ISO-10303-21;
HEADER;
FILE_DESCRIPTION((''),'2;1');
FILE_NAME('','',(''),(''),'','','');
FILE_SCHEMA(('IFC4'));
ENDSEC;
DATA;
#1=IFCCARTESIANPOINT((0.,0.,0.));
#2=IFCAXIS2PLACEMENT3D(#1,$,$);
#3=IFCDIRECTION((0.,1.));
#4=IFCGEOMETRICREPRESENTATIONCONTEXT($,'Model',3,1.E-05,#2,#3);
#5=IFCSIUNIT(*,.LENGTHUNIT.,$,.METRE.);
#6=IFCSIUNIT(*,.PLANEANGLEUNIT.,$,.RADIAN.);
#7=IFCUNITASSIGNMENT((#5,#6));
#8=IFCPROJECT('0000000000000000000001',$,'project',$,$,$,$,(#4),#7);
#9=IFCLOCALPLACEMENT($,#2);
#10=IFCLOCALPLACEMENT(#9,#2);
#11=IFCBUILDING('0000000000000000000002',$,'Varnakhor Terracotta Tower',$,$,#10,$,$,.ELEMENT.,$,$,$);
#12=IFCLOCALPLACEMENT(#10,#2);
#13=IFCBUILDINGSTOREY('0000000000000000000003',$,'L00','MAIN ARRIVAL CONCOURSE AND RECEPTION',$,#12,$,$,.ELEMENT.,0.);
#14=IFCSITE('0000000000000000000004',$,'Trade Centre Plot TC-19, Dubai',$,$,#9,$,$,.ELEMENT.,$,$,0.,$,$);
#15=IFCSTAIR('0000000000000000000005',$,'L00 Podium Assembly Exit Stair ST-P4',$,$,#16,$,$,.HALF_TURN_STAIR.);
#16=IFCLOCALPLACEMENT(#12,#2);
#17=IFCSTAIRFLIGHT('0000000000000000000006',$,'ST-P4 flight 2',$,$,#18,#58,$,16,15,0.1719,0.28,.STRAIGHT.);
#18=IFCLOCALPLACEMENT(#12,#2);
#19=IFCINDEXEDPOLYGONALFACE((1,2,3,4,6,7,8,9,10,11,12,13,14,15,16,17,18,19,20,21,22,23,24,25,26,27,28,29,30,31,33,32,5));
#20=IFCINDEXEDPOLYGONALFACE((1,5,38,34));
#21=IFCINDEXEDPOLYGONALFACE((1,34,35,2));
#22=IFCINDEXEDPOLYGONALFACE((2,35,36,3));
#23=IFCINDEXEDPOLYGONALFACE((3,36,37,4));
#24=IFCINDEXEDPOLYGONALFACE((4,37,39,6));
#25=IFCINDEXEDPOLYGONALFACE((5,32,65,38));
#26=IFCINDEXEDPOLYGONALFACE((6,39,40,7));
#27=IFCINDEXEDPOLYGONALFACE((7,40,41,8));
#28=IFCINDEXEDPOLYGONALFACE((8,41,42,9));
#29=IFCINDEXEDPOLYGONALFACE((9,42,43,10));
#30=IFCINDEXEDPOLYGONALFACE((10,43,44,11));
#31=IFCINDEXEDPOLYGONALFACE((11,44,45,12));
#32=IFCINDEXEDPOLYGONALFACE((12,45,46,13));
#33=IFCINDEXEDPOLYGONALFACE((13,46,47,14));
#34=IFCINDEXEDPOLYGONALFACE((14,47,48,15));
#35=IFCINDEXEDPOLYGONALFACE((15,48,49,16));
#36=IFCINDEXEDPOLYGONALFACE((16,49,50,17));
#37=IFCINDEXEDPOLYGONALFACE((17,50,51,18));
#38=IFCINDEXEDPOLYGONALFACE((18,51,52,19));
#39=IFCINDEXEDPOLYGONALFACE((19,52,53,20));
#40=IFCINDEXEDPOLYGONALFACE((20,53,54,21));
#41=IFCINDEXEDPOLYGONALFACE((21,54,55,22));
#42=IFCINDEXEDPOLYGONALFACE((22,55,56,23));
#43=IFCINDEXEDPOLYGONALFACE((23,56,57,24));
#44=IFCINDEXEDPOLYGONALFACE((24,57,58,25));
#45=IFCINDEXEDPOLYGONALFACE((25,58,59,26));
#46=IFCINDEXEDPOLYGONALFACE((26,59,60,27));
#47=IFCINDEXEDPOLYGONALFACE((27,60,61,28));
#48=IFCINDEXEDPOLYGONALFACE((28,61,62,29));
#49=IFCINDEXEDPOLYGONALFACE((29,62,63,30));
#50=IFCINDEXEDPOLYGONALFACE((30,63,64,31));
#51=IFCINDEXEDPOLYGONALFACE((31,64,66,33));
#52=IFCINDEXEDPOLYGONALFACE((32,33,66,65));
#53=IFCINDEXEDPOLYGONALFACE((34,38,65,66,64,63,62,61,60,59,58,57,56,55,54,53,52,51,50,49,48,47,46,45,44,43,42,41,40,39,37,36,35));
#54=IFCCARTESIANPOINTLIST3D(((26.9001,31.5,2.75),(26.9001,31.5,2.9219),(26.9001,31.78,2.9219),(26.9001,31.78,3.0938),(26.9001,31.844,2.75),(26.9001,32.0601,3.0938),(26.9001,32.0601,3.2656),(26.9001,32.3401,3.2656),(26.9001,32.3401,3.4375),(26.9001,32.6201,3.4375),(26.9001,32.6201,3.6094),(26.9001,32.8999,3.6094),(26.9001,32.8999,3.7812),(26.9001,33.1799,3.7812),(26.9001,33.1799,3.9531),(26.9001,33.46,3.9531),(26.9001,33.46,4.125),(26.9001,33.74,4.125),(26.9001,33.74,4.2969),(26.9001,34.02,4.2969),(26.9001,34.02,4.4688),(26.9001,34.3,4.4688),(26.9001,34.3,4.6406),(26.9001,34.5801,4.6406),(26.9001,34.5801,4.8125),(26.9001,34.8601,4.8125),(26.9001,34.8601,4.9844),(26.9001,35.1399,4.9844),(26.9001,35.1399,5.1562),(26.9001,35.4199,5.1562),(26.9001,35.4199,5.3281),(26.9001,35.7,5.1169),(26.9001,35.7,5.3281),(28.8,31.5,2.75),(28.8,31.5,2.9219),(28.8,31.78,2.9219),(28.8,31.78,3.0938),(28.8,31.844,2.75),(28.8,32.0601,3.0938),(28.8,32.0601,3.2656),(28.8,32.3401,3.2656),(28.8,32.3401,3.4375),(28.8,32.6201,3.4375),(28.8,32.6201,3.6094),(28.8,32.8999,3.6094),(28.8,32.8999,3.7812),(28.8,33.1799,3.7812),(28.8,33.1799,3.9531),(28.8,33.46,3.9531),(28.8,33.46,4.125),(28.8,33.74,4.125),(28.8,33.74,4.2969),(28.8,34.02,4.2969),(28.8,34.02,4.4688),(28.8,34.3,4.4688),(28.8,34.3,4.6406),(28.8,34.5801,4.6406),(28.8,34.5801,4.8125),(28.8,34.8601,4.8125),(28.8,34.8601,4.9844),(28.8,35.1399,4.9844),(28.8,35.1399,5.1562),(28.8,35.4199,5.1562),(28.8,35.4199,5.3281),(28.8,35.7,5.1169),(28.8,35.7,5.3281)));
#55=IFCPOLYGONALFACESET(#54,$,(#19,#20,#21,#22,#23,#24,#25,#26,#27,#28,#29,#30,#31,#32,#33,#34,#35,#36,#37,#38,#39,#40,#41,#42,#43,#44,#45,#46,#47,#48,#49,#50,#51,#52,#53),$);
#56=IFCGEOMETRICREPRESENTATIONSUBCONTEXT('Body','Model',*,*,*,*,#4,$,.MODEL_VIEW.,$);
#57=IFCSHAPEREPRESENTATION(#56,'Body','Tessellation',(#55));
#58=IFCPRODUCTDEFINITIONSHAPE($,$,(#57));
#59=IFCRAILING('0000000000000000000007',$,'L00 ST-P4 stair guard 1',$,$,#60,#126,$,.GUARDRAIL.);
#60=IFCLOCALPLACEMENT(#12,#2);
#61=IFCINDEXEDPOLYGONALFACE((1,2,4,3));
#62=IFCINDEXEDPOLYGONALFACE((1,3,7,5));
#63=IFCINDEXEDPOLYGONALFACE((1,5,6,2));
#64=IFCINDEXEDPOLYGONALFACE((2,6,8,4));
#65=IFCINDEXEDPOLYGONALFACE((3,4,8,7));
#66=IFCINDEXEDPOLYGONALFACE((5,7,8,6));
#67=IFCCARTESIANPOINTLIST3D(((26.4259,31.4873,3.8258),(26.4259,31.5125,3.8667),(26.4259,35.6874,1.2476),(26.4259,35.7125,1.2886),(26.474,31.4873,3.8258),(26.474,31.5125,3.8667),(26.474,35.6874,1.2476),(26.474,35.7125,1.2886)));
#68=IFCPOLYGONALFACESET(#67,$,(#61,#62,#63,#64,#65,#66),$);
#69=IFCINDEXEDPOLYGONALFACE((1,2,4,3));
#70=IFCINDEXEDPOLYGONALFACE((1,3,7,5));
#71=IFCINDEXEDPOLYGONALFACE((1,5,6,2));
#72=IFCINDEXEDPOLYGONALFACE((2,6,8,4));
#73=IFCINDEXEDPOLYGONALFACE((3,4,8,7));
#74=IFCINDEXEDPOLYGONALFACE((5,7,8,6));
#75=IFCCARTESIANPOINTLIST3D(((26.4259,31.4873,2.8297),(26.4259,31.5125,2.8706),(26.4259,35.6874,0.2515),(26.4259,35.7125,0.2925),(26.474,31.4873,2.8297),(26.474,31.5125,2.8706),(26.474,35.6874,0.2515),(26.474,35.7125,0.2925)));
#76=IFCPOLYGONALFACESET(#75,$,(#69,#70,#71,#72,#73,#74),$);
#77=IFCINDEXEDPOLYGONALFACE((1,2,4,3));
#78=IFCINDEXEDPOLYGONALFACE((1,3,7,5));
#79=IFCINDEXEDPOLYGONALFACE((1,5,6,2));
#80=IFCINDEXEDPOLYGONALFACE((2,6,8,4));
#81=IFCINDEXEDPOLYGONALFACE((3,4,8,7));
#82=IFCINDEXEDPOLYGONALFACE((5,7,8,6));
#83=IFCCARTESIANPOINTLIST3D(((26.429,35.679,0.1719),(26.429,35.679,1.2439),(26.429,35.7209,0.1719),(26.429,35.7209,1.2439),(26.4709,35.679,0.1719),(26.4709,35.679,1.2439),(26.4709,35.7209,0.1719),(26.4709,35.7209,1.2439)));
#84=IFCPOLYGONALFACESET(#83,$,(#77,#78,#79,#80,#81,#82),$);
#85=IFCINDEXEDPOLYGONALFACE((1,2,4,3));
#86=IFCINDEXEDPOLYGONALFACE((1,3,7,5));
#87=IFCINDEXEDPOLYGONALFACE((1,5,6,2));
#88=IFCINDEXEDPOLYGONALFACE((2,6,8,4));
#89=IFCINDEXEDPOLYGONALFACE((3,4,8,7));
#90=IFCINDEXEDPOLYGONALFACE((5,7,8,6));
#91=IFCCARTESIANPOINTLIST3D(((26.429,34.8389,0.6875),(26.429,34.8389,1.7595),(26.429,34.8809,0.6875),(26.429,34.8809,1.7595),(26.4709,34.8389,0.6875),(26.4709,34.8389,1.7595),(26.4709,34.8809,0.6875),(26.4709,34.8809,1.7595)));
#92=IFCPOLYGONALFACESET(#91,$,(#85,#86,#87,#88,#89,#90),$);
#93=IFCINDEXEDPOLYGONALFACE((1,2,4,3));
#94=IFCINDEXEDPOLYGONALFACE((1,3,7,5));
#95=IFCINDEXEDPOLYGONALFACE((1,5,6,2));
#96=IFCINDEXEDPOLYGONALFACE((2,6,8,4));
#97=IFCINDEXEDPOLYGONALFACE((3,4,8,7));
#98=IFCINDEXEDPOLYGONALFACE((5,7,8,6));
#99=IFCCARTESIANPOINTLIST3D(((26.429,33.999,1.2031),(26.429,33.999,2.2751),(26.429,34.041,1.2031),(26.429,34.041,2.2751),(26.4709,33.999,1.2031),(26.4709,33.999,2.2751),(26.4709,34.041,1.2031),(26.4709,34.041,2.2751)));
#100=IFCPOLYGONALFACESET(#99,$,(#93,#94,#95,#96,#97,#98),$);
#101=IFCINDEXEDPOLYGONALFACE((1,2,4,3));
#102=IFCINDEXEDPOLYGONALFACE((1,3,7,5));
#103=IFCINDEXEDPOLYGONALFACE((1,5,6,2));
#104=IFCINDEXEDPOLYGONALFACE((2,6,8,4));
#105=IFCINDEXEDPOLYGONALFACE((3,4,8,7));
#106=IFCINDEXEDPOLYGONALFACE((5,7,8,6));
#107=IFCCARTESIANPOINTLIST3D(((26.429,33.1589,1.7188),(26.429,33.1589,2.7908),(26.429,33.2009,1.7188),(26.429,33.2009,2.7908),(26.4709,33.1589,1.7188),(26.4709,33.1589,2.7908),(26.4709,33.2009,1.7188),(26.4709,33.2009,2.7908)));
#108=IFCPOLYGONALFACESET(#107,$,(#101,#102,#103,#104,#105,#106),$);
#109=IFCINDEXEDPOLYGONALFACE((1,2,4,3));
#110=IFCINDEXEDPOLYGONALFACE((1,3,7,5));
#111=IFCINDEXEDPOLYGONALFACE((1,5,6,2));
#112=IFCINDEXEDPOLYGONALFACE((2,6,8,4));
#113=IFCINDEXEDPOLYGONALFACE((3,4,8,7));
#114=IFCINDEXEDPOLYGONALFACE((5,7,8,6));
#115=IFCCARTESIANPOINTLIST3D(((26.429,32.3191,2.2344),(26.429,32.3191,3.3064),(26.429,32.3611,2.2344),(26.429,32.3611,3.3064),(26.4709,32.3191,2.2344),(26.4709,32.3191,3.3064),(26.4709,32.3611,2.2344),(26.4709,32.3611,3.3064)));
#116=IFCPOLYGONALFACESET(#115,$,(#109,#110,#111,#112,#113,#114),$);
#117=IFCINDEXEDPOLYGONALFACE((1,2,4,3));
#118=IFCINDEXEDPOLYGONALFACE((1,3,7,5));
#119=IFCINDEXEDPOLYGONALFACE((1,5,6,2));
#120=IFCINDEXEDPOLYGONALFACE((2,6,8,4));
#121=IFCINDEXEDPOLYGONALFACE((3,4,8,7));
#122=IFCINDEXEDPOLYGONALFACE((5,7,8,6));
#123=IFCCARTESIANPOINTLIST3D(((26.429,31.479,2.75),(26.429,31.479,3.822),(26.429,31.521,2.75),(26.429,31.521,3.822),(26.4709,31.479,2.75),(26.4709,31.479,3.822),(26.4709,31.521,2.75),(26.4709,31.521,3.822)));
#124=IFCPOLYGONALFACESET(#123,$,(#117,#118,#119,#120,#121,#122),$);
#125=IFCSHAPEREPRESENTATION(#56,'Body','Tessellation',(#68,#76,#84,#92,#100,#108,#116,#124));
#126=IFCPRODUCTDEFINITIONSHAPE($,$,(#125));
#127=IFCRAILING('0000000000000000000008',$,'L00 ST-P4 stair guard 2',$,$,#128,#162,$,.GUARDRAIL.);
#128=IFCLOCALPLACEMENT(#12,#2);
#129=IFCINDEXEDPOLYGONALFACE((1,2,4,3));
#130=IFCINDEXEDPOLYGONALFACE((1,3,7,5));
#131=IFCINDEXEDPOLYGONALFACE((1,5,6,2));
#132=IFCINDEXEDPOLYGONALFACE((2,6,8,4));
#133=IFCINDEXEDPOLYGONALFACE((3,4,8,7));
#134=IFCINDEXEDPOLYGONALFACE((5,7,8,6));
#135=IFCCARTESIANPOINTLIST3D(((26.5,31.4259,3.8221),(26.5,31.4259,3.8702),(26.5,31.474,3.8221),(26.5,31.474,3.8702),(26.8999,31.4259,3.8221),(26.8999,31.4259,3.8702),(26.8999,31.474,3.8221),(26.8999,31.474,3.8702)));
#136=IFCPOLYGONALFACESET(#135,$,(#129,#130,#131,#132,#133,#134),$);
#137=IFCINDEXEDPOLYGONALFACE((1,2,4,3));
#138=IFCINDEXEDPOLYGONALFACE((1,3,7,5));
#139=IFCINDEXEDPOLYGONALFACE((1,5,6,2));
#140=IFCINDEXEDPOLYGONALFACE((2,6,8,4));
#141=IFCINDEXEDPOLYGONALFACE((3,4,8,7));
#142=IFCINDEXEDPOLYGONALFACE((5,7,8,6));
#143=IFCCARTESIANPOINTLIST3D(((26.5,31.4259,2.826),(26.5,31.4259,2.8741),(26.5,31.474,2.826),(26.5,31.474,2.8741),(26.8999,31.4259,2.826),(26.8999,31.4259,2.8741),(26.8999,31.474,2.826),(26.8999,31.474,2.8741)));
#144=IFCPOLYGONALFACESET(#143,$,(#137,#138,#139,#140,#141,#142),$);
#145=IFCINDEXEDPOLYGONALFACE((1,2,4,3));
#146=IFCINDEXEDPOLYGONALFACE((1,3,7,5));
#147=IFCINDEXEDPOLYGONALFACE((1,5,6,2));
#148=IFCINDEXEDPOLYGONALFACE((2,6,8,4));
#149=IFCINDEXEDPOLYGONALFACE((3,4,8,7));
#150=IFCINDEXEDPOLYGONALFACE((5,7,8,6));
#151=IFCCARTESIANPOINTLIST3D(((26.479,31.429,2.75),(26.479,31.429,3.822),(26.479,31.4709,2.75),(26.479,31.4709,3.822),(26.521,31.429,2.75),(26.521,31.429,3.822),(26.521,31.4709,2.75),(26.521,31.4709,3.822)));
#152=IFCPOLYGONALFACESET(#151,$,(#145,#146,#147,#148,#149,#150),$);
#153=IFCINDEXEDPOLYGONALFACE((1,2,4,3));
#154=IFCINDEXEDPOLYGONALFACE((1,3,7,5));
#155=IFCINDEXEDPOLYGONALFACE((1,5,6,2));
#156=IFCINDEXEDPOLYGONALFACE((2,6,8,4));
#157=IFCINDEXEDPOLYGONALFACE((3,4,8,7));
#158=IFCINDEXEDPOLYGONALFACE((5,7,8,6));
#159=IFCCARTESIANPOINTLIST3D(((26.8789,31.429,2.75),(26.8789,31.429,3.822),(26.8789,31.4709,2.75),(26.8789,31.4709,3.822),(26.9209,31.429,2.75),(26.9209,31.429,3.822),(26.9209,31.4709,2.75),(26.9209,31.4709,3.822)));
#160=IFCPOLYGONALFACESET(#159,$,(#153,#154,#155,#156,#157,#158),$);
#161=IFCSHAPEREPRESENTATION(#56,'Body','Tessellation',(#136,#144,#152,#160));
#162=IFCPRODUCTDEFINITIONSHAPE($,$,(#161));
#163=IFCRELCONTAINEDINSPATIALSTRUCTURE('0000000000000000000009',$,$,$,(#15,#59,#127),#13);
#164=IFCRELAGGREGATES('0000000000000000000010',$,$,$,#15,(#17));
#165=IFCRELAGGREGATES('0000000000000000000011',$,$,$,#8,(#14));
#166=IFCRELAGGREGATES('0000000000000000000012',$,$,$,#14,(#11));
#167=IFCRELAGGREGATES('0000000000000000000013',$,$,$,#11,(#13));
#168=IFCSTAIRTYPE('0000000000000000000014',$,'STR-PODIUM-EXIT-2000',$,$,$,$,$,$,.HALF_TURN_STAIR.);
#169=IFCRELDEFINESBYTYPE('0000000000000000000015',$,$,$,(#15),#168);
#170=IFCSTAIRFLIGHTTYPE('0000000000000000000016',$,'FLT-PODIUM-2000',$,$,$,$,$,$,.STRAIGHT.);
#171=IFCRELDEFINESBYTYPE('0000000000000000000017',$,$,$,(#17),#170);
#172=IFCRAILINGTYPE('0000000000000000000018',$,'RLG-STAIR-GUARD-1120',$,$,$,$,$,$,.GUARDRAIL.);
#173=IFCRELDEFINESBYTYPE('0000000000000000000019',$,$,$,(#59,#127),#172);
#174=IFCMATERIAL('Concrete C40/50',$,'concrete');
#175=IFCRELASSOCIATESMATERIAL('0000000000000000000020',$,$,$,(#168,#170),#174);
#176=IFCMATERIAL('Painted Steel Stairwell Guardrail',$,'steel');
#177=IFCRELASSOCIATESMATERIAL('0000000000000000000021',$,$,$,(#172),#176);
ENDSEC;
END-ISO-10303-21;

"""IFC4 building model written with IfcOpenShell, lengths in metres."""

from ifc_helpers import new_model, si_unit, direction, frame, origin, origin_2d, place, context, subcontext, project, spatial, polyline, rectangle, outline, extrude, material, type_object, element, aggregate, save


model = new_model("IFC4")

# Units and contexts
model_context = context("Model", 3, precision=1e-05, world=origin(), true_north=direction((0.0, 1.0)))
body_context = subcontext(model_context, "Body", "Model", "MODEL_VIEW")
ifc_project = project(units=[si_unit("LENGTHUNIT", "METRE"), si_unit("PLANEANGLEUNIT", "RADIAN")], contexts=[model_context])

# Site, building, storey
site_placement = place(None, origin())
site = spatial("IfcSite", under=ifc_project, at=site_placement, Name="Trade Centre Plot TC-19, Dubai", CompositionType="ELEMENT", RefElevation=0.0)
building_placement = place(site_placement, origin())
building = spatial("IfcBuilding", under=site, at=building_placement, Name="Varnakhor Terracotta Tower", CompositionType="ELEMENT")
storey_placement = place(building_placement, origin())
storey = spatial("IfcBuildingStorey", under=building, at=storey_placement, Name="L00", Description="MAIN ARRIVAL CONCOURSE AND RECEPTION", CompositionType="ELEMENT", Elevation=0.0)

# Shared definitions
ifc_material_1 = material(Name="Concrete C40/50", Category="concrete")

# Stair, stair flight
stair_type = type_object("IfcStairType", Name="STR-PODIUM-EXIT-2000", PredefinedType="HALF_TURN_STAIR", material=ifc_material_1)
stair_placement = place(storey_placement, origin())
stair = element("IfcStair", 1, at=stair_placement, inside=storey, type_object=stair_type, Name="L00 Podium Assembly Exit Stair ST-P4", PredefinedType="HALF_TURN_STAIR")
stair_flight_type = type_object("IfcStairFlightType", Name="FLT-PODIUM-2000", PredefinedType="STRAIGHT", material=ifc_material_1)
stair_flight_1_placement = place(storey_placement, frame((27.8501, 31.5, 2.75), z_axis=(0.0, 0.0, 1.0), x_axis=(0.0, 1.0, 0.0)))
stair_flight_1 = element("IfcStairFlight", 2, at=stair_flight_1_placement, type_object=stair_flight_type, Name="ST-P4 flight 2", NumberOfRisers=16, NumberOfTreads=15, PredefinedType="STRAIGHT", RiserHeight=0.1719, TreadLength=0.28, context=body_context, shape_type="SweptSolid", body=[
    extrude(outline(polyline([(0.0, 0.0), (0.0, 0.1719), (0.28, 0.1719), (0.28, 0.3438), (0.5601, 0.3438), (0.5601, 0.5156), (0.8401, 0.5156), (0.8401, 0.6875), (1.1201, 0.6875), (1.1201, 0.8594), (1.3999, 0.8594), (1.3999, 1.0312), (1.6799, 1.0312), (1.6799, 1.2031), (1.96, 1.2031), (1.96, 1.375), (2.24, 1.375), (2.24, 1.5469), (2.52, 1.5469), (2.52, 1.7188), (2.8, 1.7188), (2.8, 1.8906), (3.0801, 1.8906), (3.0801, 2.0625), (3.3601, 2.0625), (3.3601, 2.2344), (3.6399, 2.2344), (3.6399, 2.4062), (3.9199, 2.4062), (3.9199, 2.5781), (4.2, 2.5781), (4.2, 2.75), (4.2, 2.3669), (0.344, 0.0), (0.0, 0.0)])), frame((0.0, 0.95, 0.0), z_axis=(0.0, -1.0, 0.0), x_axis=(1.0, 0.0, 0.0)), (0.0, 0.0, 1.0), 1.8999),
])
aggregate(stair, [stair_flight_1])

# Railings
ifc_material_2 = material(Name="Painted Steel Stairwell Guardrail", Category="steel")
railing_type_1 = type_object("IfcRailingType", Name="RLG-STAIR-GUARD-1120", PredefinedType="GUARDRAIL", material=ifc_material_2)
railing_1_placement = place(storey_placement, frame((26.45, 35.7, 0.1719)))
element("IfcRailing", 3, at=railing_1_placement, inside=storey, type_object=railing_type_1, Name="L00 ST-P4 stair guard 1", PredefinedType="GUARDRAIL", context=body_context, shape_type="SweptSolid", body=[
    extrude(rectangle(XDim=0.0481, YDim=0.0481, at=origin_2d()), frame((0.0, 0.0, 1.0962), z_axis=(0.0, -0.852243, 0.523146), x_axis=(1.0, 0.0, 0.0)), (0.0, 0.0, 1.0), 4.9282),
    extrude(rectangle(XDim=0.0481, YDim=0.0481, at=origin_2d()), frame((0.0, 0.0, 0.1001), z_axis=(0.0, -0.852243, 0.523146), x_axis=(1.0, 0.0, 0.0)), (0.0, 0.0, 1.0), 4.9282),
    extrude(rectangle(XDim=0.042, YDim=0.042, at=origin_2d()), origin(), (0.0, 0.0, 1.0), 1.072),
    extrude(rectangle(XDim=0.042, YDim=0.042, at=origin_2d()), frame((0.0, -0.8401, 0.5156)), (0.0, 0.0, 1.0), 1.072),
    extrude(rectangle(XDim=0.042, YDim=0.042, at=origin_2d()), frame((0.0, -1.6799, 1.0312)), (0.0, 0.0, 1.0), 1.072),
    extrude(rectangle(XDim=0.042, YDim=0.042, at=origin_2d()), frame((0.0, -2.52, 1.5469)), (0.0, 0.0, 1.0), 1.072),
    extrude(rectangle(XDim=0.042, YDim=0.042, at=origin_2d()), frame((0.0, -3.3599, 2.0625)), (0.0, 0.0, 1.0), 1.072),
    extrude(rectangle(XDim=0.042, YDim=0.042, at=origin_2d()), frame((0.0, -4.2, 2.5781)), (0.0, 0.0, 1.0), 1.072),
])
railing_2_placement = place(storey_placement, frame((26.5, 31.45, 2.75)))
element("IfcRailing", 4, at=railing_2_placement, inside=storey, type_object=railing_type_1, Name="L00 ST-P4 stair guard 2", PredefinedType="GUARDRAIL", context=body_context, shape_type="SweptSolid", body=[
    extrude(rectangle(XDim=0.0481, YDim=0.0481, at=origin_2d()), frame((0.0, 0.0, 1.0962), z_axis=(1.0, 0.0, 0.0), x_axis=(0.0, 1.0, 0.0)), (0.0, 0.0, 1.0), 0.3999),
    extrude(rectangle(XDim=0.0481, YDim=0.0481, at=origin_2d()), frame((0.0, 0.0, 0.1001), z_axis=(1.0, 0.0, 0.0), x_axis=(0.0, 1.0, 0.0)), (0.0, 0.0, 1.0), 0.3999),
    extrude(rectangle(XDim=0.042, YDim=0.042, at=origin_2d()), origin(), (0.0, 0.0, 1.0), 1.072),
    extrude(rectangle(XDim=0.042, YDim=0.042, at=origin_2d()), frame((0.3999, 0.0, 0.0)), (0.0, 0.0, 1.0), 1.072),
])

save(model, "model.ifc")
